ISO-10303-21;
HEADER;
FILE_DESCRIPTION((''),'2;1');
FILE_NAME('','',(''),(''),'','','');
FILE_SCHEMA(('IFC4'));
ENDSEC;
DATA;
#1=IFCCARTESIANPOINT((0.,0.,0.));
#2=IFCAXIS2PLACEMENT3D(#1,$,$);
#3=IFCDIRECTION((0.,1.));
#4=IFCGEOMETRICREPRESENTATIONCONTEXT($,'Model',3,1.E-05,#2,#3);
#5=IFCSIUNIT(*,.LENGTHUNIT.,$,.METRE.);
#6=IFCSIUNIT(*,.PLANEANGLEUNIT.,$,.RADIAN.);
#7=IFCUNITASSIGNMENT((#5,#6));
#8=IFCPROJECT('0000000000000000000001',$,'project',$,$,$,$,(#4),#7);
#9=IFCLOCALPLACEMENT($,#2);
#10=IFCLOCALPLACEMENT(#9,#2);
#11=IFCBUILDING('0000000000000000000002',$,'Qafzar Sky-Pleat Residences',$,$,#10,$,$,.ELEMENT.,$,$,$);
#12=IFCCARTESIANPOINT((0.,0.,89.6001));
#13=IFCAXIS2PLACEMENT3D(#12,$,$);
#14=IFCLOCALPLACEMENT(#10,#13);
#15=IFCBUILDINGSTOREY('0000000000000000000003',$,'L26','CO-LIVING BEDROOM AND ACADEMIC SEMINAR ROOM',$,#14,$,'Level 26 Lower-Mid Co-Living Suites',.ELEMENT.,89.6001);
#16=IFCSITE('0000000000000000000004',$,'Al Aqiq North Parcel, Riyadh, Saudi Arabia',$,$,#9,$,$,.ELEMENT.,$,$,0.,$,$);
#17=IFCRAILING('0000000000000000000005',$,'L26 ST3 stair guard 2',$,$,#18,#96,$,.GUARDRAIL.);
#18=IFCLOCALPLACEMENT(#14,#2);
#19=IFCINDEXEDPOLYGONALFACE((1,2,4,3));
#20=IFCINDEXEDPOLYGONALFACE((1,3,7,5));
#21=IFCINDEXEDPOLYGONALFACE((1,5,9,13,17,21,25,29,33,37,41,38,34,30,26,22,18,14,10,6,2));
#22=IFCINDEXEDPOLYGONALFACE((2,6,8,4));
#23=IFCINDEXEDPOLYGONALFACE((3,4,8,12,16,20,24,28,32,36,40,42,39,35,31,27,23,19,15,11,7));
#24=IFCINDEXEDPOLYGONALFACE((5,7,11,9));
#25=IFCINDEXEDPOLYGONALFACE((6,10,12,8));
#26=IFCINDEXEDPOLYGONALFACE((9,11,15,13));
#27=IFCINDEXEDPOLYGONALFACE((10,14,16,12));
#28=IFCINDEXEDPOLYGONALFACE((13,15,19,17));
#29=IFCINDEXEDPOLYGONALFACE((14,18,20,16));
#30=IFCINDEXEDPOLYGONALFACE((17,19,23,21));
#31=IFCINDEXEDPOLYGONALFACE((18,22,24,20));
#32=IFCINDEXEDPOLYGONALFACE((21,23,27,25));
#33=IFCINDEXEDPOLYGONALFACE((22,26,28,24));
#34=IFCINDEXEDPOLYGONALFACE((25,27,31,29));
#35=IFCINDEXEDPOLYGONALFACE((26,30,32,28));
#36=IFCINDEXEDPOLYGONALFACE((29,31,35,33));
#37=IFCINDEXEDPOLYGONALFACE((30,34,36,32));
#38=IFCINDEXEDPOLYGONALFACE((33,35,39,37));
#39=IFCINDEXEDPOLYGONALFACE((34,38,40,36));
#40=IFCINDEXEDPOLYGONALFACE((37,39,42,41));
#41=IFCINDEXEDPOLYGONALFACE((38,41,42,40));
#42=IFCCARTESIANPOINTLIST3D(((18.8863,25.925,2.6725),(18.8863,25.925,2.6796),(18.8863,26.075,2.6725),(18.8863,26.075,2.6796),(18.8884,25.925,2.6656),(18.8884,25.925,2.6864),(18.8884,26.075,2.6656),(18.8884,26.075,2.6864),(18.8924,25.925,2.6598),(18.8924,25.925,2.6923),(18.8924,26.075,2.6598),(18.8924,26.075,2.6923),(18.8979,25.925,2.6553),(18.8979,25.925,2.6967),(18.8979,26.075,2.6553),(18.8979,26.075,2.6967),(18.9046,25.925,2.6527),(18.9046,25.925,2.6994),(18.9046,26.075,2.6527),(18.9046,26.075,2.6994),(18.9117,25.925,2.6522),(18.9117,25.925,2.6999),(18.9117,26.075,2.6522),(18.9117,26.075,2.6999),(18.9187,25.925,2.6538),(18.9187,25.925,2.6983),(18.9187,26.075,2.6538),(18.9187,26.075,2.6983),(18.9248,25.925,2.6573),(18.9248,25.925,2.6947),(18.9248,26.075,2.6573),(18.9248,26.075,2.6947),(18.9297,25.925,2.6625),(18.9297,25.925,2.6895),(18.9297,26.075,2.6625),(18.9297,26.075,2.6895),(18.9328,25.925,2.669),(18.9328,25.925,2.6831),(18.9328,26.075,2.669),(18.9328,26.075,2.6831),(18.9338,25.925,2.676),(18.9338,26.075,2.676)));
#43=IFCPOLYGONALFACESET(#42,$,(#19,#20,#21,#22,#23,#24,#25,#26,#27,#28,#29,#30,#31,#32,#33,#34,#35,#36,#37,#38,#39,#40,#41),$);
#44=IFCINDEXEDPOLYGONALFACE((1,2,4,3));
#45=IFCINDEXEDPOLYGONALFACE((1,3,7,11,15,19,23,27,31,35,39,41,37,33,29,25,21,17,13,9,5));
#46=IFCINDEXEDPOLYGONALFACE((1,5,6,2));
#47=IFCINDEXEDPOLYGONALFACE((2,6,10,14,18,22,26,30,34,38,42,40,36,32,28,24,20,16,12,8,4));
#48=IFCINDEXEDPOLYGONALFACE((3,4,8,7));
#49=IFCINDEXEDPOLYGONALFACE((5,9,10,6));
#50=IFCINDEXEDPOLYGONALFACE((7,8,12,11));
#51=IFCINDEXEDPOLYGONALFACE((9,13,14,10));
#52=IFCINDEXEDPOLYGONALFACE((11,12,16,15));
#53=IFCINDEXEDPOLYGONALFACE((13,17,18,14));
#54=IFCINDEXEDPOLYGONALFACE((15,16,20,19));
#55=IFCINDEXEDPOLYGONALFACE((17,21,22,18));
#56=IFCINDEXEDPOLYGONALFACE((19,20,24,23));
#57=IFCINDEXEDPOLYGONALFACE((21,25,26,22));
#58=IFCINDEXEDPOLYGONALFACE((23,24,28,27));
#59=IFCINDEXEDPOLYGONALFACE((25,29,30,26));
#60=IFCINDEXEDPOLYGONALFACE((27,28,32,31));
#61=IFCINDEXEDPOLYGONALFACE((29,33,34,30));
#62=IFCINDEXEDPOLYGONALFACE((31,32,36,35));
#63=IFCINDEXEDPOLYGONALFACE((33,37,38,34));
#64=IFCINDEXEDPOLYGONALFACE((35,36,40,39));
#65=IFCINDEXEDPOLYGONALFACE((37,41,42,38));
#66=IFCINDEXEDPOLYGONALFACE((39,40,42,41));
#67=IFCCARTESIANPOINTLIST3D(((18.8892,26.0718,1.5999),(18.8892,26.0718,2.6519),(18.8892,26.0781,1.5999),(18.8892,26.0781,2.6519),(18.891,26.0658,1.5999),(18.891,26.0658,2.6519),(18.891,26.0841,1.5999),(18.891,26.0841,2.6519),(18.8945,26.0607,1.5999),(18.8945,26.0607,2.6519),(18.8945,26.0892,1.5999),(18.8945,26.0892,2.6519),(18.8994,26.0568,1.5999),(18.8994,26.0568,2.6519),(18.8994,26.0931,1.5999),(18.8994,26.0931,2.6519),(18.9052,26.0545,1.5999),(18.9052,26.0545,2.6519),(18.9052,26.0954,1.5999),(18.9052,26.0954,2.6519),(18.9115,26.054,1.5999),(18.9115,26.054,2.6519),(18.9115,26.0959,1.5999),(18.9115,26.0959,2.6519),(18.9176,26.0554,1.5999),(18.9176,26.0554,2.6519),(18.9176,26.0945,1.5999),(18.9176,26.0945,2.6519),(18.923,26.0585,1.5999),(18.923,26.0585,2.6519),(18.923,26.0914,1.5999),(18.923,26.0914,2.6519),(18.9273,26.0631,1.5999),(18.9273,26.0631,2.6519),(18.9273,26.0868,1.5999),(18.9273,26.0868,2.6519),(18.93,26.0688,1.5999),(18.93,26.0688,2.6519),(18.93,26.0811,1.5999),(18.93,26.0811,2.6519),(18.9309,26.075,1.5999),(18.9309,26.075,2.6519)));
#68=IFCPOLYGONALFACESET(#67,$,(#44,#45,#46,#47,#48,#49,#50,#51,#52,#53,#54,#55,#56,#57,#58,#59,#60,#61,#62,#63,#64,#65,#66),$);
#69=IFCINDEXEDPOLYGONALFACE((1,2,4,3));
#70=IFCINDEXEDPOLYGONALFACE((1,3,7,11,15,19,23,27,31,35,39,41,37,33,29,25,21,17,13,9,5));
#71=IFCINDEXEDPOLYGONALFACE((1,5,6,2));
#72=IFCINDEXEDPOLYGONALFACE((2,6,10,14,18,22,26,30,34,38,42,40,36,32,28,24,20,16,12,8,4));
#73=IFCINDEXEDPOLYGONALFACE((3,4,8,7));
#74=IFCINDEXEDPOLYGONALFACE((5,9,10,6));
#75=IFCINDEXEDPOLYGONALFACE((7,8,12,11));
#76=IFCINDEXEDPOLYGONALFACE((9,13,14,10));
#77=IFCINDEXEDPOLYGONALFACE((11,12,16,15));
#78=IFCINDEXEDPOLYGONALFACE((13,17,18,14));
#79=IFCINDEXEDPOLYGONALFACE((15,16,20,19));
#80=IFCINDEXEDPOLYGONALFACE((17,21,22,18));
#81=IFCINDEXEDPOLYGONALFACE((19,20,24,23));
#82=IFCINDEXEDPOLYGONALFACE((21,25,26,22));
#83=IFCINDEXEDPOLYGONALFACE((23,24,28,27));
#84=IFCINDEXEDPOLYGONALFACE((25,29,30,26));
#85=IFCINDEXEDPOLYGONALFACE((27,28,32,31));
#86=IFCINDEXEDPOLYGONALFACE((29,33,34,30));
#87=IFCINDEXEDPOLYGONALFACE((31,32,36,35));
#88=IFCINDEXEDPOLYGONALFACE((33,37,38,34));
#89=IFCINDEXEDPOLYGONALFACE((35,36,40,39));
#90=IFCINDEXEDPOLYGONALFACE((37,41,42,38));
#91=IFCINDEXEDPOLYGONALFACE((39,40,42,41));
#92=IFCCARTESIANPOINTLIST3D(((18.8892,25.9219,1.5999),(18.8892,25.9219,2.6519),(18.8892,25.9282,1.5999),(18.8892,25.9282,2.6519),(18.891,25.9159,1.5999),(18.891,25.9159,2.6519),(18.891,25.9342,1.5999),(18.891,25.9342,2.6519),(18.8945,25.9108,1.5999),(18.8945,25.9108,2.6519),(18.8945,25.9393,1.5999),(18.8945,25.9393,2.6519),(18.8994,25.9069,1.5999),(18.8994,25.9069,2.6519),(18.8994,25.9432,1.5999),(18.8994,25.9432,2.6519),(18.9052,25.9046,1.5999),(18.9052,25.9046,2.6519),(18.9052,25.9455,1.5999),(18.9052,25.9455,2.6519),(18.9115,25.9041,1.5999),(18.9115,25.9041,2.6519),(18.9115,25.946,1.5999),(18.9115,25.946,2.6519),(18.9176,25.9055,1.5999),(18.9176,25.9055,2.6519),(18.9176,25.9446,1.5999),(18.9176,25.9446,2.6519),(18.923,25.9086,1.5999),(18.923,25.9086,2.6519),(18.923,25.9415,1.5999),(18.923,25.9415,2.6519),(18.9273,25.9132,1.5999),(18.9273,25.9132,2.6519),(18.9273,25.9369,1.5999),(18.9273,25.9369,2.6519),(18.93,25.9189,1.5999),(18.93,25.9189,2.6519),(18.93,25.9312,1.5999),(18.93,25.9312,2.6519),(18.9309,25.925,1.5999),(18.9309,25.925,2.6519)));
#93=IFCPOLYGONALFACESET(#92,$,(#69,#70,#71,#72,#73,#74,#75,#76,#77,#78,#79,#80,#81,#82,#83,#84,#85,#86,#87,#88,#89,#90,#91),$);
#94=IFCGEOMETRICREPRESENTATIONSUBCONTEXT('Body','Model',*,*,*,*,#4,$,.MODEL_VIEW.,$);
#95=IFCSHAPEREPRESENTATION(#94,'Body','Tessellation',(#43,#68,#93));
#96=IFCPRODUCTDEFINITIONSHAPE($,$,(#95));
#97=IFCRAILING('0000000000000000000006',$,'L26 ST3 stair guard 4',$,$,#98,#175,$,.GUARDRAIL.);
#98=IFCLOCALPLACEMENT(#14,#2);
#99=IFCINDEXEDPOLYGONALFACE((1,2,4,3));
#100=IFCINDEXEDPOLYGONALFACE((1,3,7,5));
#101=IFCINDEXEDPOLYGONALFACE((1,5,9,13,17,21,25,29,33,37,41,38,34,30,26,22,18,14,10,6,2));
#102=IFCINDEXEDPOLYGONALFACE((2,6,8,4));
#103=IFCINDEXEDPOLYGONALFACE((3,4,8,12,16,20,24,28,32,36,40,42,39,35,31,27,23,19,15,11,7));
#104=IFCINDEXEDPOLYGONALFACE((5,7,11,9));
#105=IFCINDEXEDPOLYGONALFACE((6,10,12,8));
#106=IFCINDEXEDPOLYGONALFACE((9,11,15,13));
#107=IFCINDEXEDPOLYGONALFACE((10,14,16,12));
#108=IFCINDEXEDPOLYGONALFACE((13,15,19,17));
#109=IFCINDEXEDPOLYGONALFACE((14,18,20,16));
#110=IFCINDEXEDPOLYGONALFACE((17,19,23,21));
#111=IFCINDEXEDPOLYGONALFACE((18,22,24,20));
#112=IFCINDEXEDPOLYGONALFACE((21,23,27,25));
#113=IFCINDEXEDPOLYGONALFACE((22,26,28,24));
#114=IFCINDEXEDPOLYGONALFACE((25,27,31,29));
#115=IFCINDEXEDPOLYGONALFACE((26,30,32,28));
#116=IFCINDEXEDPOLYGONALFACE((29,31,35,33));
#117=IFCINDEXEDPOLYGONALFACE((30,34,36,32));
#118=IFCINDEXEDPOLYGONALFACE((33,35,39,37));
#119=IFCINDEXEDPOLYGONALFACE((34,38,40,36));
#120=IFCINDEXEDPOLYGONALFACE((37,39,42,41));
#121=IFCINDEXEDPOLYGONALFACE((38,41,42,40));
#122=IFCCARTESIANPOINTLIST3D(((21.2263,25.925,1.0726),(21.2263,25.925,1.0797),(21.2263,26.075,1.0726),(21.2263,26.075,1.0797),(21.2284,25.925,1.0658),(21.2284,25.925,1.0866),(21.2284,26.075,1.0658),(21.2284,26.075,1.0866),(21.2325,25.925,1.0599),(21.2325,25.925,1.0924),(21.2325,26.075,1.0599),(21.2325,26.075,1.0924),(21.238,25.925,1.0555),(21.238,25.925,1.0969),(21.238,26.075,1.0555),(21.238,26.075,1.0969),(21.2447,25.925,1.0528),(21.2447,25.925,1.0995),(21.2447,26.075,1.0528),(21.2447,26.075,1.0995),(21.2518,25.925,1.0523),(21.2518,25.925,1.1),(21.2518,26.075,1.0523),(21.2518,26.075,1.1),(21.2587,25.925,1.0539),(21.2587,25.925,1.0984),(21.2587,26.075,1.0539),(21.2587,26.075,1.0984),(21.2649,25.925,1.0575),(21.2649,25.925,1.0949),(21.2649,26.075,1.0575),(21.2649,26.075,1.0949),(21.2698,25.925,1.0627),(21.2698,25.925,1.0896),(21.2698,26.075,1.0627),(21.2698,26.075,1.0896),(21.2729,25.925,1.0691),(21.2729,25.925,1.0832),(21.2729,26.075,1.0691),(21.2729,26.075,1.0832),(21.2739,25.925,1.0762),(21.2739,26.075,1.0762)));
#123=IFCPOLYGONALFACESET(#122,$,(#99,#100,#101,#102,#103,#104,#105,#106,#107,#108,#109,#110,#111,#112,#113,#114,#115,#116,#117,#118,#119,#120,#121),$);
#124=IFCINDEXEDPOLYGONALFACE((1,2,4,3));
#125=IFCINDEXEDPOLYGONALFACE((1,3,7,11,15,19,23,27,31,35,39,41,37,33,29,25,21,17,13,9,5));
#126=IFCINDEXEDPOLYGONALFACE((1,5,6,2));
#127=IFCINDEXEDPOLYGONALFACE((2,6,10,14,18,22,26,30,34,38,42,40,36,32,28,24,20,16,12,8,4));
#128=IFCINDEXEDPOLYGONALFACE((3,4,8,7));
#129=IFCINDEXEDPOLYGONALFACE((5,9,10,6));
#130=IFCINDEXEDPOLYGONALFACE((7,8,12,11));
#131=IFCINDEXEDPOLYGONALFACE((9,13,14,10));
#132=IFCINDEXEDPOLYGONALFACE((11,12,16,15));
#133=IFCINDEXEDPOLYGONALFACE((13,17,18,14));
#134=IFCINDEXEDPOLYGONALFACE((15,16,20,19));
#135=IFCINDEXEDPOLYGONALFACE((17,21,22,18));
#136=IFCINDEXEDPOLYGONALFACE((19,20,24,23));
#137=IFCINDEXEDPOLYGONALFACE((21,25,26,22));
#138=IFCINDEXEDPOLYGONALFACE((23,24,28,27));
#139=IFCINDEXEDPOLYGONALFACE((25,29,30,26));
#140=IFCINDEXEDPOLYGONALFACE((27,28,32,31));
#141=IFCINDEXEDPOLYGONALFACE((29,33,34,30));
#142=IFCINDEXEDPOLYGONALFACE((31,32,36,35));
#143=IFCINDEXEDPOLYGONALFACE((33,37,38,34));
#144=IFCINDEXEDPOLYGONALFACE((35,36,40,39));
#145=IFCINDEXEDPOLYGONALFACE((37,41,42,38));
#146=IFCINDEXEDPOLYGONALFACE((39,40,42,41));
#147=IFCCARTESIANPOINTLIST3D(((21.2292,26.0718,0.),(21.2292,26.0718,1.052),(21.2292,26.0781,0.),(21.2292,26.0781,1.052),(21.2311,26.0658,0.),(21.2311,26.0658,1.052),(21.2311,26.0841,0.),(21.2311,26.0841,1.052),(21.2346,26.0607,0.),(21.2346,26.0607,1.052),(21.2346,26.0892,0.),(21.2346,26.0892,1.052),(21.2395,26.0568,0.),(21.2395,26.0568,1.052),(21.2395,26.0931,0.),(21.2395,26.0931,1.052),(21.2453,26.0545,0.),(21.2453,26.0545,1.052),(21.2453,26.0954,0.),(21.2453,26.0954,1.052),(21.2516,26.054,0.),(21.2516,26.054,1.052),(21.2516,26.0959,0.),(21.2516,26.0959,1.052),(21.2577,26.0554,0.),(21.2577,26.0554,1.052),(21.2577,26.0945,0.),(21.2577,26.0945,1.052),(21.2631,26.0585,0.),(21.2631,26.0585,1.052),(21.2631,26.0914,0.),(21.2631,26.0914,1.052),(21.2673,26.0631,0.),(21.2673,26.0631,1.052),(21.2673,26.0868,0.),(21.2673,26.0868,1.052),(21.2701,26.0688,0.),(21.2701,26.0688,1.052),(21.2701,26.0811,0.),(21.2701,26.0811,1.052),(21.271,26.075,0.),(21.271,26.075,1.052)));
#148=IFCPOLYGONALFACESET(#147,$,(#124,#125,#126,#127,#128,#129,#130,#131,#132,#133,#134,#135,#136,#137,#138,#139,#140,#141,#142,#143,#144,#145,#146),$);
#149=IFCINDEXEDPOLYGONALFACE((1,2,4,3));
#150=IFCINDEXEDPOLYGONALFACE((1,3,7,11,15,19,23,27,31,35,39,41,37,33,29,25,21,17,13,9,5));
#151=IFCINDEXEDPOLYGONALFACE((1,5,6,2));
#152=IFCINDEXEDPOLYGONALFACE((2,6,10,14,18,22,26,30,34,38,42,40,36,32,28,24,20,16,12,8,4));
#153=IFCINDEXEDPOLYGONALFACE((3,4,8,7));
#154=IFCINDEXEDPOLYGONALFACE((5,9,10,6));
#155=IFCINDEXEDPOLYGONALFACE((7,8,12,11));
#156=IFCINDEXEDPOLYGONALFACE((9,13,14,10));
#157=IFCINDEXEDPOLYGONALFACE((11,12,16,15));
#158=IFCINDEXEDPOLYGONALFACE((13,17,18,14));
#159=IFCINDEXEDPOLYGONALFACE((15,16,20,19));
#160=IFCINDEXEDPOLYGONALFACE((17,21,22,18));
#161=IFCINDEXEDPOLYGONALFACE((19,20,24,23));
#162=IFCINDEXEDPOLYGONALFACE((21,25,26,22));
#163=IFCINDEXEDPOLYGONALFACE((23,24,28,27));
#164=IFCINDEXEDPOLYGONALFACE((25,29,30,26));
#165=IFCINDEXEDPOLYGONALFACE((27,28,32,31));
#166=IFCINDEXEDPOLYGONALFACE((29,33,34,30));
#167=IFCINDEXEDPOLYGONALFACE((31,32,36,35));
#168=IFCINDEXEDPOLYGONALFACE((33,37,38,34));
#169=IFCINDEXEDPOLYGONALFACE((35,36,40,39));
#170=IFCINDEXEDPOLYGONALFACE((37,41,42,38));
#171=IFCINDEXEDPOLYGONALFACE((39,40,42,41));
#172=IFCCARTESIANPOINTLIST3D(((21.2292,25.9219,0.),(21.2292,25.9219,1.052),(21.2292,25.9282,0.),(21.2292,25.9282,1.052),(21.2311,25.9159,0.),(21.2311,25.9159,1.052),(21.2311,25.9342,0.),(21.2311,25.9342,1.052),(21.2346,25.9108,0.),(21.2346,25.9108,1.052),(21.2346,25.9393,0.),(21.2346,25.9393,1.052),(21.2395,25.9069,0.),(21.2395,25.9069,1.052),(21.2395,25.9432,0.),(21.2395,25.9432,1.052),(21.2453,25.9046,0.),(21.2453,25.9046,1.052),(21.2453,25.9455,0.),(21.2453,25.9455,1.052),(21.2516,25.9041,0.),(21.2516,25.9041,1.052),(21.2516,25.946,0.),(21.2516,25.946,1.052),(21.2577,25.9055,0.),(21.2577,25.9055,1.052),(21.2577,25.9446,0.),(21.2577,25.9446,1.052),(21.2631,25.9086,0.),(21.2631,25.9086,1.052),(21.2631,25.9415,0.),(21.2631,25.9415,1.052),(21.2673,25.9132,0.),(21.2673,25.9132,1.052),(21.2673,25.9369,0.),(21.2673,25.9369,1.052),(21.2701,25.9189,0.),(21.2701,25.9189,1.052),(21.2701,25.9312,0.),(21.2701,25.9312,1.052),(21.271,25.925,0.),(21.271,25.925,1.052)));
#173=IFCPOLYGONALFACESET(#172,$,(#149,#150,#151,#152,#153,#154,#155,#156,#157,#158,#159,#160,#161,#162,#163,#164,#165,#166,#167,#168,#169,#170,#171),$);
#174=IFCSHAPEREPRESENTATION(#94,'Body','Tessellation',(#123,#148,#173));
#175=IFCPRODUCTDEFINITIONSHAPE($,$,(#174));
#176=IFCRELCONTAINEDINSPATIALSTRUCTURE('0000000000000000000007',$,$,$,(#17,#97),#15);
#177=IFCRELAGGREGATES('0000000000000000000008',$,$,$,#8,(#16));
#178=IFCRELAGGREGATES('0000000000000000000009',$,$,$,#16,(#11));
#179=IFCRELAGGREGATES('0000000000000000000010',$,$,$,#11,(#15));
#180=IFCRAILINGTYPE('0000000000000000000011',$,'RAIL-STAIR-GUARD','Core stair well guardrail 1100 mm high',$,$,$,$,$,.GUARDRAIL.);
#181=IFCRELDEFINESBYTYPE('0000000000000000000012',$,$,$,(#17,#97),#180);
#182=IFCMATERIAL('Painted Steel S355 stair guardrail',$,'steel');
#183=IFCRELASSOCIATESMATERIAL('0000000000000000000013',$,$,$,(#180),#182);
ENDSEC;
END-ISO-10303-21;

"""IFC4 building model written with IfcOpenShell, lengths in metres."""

from ifc_helpers import new_model, si_unit, direction, frame, origin, origin_2d, place, context, subcontext, project, spatial, circle, extrude, source, transform, mapped, material, type_object, element, save


model = new_model("IFC4")

# Units and contexts
model_context = context("Model", 3, precision=1e-05, world=origin(), true_north=direction((0.0, 1.0)))
body_context = subcontext(model_context, "Body", "Model", "MODEL_VIEW")
ifc_project = project(units=[si_unit("LENGTHUNIT", "METRE"), si_unit("PLANEANGLEUNIT", "RADIAN")], contexts=[model_context])

# Site, building, storey
site_placement = place(None, origin())
site = spatial("IfcSite", under=ifc_project, at=site_placement, Name="Al Aqiq North Parcel, Riyadh, Saudi Arabia", CompositionType="ELEMENT", RefElevation=0.0)
building_placement = place(site_placement, origin())
building = spatial("IfcBuilding", under=site, at=building_placement, Name="Qafzar Sky-Pleat Residences", CompositionType="ELEMENT")
storey_placement = place(building_placement, frame((0.0, 0.0, 89.6001)))
storey = spatial("IfcBuildingStorey", under=building, at=storey_placement, Name="L26", Description="CO-LIVING BEDROOM AND ACADEMIC SEMINAR ROOM", LongName="Level 26 Lower-Mid Co-Living Suites", CompositionType="ELEMENT", Elevation=89.6001)

# Railings
ifc_material_1 = material(Name="Painted Steel S355 stair guardrail", Category="steel")
railing_type_1 = type_object("IfcRailingType", Name="RAIL-STAIR-GUARD", Description="Core stair well guardrail 1100 mm high", PredefinedType="GUARDRAIL", material=ifc_material_1)
shared_shape_1 = source(origin(), body_context, "Body", "SweptSolid", [
    extrude(circle(Radius=0.0239, at=origin_2d()), frame((0.0, 0.0, 1.0762), z_axis=(0.0, -1.0, 0.0), x_axis=(1.0, 0.0, 0.0)), (0.0, 0.0, 1.0), 0.1499),
    extrude(circle(Radius=0.021, at=origin_2d()), origin(), (0.0, 0.0, 1.0), 1.052),
    extrude(circle(Radius=0.021, at=origin_2d()), frame((0.0, -0.1499, 0.0)), (0.0, 0.0, 1.0), 1.052),
])
for number, where, name in (
    (1, (18.9099, 26.075, 1.5999), "L26 ST3 stair guard 2"),
    (2, (21.25, 26.075, 0.0), "L26 ST3 stair guard 4"),
):
    element("IfcRailing", number, at=place(storey_placement, frame(where)), inside=storey, type_object=railing_type_1, Name=name, PredefinedType="GUARDRAIL", context=body_context, shape_type="MappedRepresentation", body=[
        mapped(shared_shape_1, transform((0.0, 0.0, 0.0), x_axis=(1.0, 0.0, 0.0), y_axis=(0.0, 1.0, 0.0), z_axis=(0.0, 0.0, 1.0), scale=1.0)),
    ])

save(model, "model.ifc")
